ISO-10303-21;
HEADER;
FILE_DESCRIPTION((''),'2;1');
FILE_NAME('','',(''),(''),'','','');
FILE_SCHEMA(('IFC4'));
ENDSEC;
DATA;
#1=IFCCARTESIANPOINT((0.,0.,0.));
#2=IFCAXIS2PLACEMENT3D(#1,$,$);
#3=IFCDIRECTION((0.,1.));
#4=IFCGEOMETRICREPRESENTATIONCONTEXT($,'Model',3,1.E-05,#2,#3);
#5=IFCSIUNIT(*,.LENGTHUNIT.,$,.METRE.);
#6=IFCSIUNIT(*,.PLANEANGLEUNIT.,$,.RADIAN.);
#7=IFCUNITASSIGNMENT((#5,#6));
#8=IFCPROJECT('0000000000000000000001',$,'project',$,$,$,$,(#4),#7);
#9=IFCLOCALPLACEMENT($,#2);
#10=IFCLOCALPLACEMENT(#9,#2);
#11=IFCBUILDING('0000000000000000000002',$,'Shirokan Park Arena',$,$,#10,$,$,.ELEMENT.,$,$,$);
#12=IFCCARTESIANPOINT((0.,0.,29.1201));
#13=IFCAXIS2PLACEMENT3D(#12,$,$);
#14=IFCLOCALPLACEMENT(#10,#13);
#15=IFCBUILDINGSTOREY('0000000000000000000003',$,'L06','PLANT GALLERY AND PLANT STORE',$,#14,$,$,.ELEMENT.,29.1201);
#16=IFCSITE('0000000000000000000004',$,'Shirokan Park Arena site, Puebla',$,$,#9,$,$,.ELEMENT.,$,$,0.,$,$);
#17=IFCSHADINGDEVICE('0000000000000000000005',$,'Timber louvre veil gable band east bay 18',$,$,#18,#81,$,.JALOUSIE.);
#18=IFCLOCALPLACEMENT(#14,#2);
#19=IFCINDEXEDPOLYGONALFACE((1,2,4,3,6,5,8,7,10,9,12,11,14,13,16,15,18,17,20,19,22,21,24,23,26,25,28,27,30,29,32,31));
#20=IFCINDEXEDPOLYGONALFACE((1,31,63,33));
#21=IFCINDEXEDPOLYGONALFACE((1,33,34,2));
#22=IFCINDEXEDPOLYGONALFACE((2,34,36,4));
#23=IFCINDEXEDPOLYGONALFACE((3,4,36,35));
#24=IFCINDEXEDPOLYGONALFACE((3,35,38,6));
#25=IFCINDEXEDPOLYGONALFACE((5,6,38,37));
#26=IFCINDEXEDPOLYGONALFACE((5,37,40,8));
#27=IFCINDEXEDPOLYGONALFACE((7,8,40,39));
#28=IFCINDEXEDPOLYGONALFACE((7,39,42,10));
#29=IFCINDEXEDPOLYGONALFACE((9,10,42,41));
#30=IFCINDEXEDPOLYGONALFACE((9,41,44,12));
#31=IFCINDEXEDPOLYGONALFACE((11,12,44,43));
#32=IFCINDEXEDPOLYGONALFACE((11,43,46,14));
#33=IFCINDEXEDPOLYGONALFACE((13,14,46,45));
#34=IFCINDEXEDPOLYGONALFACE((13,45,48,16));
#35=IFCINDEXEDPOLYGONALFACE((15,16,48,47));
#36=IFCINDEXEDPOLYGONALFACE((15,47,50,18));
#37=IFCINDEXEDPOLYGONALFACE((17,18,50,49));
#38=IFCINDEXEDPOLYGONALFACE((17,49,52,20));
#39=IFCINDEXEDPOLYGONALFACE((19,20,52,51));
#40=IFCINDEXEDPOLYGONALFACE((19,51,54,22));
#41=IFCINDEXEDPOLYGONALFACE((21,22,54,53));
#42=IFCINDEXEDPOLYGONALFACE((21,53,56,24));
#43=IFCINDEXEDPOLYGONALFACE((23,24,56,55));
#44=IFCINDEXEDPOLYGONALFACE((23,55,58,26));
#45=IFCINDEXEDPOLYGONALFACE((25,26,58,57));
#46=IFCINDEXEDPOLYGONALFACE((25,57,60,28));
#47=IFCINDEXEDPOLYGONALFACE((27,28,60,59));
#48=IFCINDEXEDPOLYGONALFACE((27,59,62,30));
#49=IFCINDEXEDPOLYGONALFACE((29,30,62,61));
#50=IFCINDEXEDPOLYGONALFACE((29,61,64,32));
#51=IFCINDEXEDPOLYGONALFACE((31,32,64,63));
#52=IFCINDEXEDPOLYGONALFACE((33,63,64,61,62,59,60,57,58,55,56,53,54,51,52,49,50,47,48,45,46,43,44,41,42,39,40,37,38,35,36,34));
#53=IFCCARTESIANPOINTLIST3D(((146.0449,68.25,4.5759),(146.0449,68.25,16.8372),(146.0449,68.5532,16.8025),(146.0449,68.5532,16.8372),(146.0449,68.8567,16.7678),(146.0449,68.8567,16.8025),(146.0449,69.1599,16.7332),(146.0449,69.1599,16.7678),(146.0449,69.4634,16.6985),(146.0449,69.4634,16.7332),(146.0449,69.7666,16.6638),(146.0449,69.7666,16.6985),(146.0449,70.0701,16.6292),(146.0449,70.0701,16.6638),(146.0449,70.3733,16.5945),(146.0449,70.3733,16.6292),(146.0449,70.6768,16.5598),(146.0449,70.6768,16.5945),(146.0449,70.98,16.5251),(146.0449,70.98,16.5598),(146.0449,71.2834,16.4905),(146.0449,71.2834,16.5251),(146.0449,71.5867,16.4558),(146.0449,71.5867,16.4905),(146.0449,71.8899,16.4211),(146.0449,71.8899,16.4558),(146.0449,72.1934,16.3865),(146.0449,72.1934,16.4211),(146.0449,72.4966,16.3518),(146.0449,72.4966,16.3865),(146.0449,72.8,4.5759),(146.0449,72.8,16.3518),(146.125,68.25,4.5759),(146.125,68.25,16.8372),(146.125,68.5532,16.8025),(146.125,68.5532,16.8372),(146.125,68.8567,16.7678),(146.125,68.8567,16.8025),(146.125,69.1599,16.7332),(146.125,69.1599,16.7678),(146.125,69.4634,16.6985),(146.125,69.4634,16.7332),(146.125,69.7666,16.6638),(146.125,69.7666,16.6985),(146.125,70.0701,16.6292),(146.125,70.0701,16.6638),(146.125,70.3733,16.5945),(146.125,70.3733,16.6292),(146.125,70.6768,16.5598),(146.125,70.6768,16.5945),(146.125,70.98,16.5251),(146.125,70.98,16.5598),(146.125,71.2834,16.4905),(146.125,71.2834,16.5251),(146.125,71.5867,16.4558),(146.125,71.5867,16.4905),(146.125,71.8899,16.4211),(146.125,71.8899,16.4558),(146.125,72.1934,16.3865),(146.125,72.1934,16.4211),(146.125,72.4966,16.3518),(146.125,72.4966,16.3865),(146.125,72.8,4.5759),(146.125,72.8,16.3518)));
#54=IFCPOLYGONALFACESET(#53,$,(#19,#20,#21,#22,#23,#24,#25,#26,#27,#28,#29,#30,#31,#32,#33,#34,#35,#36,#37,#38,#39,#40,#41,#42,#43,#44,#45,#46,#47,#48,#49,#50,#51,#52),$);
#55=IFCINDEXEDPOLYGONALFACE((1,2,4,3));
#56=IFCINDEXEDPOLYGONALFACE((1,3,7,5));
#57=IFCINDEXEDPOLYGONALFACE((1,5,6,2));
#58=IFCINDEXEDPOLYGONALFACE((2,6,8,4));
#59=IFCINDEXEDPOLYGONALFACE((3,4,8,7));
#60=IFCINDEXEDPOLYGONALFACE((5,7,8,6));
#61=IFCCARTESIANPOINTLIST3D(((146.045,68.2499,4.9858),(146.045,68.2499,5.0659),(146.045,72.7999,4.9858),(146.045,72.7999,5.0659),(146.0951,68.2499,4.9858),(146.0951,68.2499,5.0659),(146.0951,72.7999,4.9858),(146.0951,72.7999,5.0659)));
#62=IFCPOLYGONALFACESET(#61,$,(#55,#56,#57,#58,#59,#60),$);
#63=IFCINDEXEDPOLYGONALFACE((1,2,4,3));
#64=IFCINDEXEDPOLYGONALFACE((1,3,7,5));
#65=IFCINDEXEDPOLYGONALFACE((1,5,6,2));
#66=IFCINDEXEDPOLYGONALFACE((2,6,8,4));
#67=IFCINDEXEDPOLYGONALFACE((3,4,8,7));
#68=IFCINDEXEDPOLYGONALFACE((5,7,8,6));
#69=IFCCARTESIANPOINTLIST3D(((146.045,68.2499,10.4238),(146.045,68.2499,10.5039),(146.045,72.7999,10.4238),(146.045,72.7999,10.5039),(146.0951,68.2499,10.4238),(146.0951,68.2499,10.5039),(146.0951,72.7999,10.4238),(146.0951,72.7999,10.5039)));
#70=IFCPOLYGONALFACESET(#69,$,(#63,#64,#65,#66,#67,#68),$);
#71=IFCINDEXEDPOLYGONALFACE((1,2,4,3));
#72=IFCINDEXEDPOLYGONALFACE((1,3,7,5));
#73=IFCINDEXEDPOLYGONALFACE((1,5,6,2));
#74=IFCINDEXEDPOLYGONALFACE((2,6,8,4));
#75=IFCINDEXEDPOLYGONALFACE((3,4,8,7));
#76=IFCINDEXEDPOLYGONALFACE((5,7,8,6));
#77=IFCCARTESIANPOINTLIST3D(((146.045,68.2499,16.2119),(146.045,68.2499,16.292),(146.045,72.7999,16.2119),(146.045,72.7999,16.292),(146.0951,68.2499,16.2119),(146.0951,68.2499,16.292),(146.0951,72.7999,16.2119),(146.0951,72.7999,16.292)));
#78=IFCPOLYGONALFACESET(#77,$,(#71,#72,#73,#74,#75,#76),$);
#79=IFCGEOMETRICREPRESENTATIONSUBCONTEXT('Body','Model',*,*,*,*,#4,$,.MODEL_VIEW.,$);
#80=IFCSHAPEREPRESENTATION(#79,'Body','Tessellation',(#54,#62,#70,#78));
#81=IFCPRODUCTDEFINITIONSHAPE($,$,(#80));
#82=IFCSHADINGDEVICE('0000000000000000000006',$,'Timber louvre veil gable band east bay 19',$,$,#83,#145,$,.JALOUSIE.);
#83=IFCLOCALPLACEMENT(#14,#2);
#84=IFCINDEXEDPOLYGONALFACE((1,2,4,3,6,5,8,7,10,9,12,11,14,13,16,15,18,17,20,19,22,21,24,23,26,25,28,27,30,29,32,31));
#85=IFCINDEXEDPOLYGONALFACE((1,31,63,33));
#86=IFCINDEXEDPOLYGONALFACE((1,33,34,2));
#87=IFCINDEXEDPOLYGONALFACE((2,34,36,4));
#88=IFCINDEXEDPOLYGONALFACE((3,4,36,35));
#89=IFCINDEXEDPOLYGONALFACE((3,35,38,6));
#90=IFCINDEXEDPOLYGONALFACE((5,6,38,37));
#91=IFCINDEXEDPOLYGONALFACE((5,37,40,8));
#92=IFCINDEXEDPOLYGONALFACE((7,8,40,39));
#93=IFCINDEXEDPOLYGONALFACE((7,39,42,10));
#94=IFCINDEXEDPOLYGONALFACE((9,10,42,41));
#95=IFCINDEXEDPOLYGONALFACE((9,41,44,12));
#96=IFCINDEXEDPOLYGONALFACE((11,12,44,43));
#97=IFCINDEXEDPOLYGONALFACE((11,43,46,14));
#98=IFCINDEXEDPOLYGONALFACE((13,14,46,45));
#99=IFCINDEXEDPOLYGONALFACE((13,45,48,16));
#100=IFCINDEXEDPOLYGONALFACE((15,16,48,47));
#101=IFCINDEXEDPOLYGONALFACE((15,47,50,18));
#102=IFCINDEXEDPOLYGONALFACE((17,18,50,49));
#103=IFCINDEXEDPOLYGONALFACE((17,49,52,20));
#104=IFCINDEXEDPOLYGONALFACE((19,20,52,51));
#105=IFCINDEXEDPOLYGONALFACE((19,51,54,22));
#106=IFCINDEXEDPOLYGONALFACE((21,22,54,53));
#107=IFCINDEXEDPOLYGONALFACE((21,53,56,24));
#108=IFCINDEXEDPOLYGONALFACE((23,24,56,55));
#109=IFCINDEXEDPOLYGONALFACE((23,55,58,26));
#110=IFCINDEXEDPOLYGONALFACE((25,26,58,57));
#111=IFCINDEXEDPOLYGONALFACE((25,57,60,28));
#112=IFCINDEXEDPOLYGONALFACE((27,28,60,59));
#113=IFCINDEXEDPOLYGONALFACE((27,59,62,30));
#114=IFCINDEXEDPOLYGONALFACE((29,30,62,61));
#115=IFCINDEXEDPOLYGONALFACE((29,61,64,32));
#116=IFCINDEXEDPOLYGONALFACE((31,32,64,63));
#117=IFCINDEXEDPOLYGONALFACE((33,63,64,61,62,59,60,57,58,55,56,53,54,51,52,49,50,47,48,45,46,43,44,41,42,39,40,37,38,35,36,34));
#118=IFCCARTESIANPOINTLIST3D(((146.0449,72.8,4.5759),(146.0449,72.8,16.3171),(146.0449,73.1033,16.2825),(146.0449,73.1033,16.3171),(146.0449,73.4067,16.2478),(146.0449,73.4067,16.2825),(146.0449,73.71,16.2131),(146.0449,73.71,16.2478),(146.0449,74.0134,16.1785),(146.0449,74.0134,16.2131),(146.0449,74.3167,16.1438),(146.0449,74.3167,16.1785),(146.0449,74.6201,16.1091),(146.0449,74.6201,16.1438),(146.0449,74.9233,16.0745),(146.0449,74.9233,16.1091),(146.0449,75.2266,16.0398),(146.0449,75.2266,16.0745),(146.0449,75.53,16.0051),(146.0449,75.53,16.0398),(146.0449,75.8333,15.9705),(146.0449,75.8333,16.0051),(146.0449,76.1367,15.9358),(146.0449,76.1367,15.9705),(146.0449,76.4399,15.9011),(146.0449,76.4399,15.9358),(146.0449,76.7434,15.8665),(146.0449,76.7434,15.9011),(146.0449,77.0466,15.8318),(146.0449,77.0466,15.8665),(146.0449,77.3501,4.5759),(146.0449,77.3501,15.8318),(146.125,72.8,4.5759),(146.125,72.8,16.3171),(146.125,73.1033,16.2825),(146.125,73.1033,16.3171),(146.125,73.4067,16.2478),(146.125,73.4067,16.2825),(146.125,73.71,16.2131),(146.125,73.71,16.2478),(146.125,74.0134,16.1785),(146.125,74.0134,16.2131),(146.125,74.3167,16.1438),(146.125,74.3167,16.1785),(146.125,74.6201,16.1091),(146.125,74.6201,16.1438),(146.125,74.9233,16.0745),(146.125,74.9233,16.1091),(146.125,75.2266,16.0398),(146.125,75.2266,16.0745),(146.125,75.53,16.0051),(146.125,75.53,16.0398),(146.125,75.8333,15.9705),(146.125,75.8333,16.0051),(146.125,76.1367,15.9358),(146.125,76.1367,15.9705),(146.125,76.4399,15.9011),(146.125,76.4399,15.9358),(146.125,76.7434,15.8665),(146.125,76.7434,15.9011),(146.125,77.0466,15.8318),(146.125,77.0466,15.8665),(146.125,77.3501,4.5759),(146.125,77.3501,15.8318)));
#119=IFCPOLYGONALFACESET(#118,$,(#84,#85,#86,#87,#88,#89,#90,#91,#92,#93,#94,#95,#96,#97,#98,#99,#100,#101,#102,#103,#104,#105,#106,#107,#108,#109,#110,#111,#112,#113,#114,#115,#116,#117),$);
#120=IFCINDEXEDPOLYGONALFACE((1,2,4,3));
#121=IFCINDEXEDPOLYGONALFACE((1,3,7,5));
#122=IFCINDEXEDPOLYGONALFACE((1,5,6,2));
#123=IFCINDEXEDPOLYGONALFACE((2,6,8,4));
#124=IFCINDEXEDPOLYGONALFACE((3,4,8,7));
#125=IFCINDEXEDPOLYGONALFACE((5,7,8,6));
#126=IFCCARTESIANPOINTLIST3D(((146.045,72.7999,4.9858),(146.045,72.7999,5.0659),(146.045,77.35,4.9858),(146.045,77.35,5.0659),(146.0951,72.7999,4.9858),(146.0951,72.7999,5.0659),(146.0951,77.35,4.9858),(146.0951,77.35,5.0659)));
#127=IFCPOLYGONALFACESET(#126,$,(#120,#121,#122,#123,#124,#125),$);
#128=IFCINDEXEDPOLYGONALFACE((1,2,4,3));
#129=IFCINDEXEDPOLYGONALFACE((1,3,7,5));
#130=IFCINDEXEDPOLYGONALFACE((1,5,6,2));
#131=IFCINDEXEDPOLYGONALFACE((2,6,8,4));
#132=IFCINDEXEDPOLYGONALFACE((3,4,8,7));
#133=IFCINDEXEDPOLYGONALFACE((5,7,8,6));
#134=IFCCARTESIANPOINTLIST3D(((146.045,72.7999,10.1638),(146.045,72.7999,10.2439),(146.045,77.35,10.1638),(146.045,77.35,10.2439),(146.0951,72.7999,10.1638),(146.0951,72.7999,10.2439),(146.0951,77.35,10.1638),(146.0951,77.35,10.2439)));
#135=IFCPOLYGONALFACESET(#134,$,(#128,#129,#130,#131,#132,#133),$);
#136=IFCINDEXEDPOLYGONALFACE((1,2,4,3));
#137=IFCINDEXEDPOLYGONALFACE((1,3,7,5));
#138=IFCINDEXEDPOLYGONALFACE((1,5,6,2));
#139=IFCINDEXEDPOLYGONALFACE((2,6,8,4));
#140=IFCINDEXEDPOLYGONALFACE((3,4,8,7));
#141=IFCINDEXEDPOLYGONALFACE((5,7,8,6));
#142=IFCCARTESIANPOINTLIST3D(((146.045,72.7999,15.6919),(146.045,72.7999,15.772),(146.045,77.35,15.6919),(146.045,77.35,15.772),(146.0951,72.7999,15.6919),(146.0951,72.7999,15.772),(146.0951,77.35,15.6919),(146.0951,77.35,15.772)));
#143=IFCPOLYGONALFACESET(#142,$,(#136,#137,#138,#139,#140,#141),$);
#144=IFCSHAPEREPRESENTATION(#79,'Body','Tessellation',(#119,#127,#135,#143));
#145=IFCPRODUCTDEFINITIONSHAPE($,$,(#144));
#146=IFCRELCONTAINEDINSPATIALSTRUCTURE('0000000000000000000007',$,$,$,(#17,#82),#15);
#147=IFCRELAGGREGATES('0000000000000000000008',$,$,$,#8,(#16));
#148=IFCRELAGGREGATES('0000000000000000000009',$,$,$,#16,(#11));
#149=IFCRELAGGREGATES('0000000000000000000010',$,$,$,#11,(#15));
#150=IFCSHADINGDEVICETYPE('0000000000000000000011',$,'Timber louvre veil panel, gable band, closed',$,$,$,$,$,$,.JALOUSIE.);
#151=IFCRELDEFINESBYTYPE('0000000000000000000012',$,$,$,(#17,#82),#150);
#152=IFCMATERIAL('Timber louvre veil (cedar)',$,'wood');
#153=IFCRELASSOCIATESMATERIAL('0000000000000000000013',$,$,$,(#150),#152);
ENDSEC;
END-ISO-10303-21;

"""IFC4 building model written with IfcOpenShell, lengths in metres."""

from ifc_helpers import new_model, si_unit, direction, frame, origin, origin_2d, place, context, subcontext, project, spatial, polyline, rectangle, outline, extrude, material, type_object, element, save


model = new_model("IFC4")

# Units and contexts
model_context = context("Model", 3, precision=1e-05, world=origin(), true_north=direction((0.0, 1.0)))
body_context = subcontext(model_context, "Body", "Model", "MODEL_VIEW")
ifc_project = project(units=[si_unit("LENGTHUNIT", "METRE"), si_unit("PLANEANGLEUNIT", "RADIAN")], contexts=[model_context])

# Site, building, storey
site_placement = place(None, origin())
site = spatial("IfcSite", under=ifc_project, at=site_placement, Name="Shirokan Park Arena site, Puebla", CompositionType="ELEMENT", RefElevation=0.0)
building_placement = place(site_placement, origin())
building = spatial("IfcBuilding", under=site, at=building_placement, Name="Shirokan Park Arena", CompositionType="ELEMENT")
storey_placement = place(building_placement, frame((0.0, 0.0, 29.1201)))
storey = spatial("IfcBuildingStorey", under=building, at=storey_placement, Name="L06", Description="PLANT GALLERY AND PLANT STORE", CompositionType="ELEMENT", Elevation=29.1201)

# Shading devices
ifc_material_1 = material(Name="Timber louvre veil (cedar)", Category="wood")
shading_device_type = type_object("IfcShadingDeviceType", Name="Timber louvre veil panel, gable band, closed", PredefinedType="JALOUSIE", material=ifc_material_1)
shading_device_1_placement = place(storey_placement, origin())
element("IfcShadingDevice", 1, at=shading_device_1_placement, inside=storey, type_object=shading_device_type, Name="Timber louvre veil gable band east bay 18", PredefinedType="JALOUSIE", context=body_context, shape_type="SweptSolid", body=[
    extrude(outline(polyline([(72.8, 4.5759), (72.8, 16.3518), (72.4966, 16.3518), (72.4966, 16.3865), (72.1934, 16.3865), (72.1934, 16.4211), (71.8899, 16.4211), (71.8899, 16.4558), (71.5867, 16.4558), (71.5867, 16.4905), (71.2834, 16.4905), (71.2834, 16.5251), (70.98, 16.5251), (70.98, 16.5598), (70.6768, 16.5598), (70.6768, 16.5945), (70.3733, 16.5945), (70.3733, 16.6292), (70.0701, 16.6292), (70.0701, 16.6638), (69.7666, 16.6638), (69.7666, 16.6985), (69.4634, 16.6985), (69.4634, 16.7332), (69.1599, 16.7332), (69.1599, 16.7678), (68.8567, 16.7678), (68.8567, 16.8025), (68.5532, 16.8025), (68.5532, 16.8372), (68.25, 16.8372), (68.25, 4.5759), (72.8, 4.5759)])), frame((146.0449, 0.0, 0.0), z_axis=(1.0, 0.0, 0.0), x_axis=(0.0, 1.0, 0.0)), (0.0, 0.0, 1.0), 0.0801),
    extrude(rectangle(XDim=0.05, YDim=4.55, at=origin_2d()), frame((146.0701, 70.5249, 4.9858), z_axis=(0.0, 0.0, 1.0), x_axis=(1.0, 0.0, 0.0)), (0.0, 0.0, 1.0), 0.0801),
    extrude(rectangle(XDim=0.05, YDim=4.55, at=origin_2d()), frame((146.0701, 70.5249, 10.4238), z_axis=(0.0, 0.0, 1.0), x_axis=(1.0, 0.0, 0.0)), (0.0, 0.0, 1.0), 0.0801),
    extrude(rectangle(XDim=0.05, YDim=4.55, at=origin_2d()), frame((146.0701, 70.5249, 16.2119), z_axis=(0.0, 0.0, 1.0), x_axis=(1.0, 0.0, 0.0)), (0.0, 0.0, 1.0), 0.0801),
])
shading_device_2_placement = place(storey_placement, origin())
element("IfcShadingDevice", 2, at=shading_device_2_placement, inside=storey, type_object=shading_device_type, Name="Timber louvre veil gable band east bay 19", PredefinedType="JALOUSIE", context=body_context, shape_type="SweptSolid", body=[
    extrude(outline(polyline([(77.3501, 4.5759), (77.3501, 15.8318), (77.0466, 15.8318), (77.0466, 15.8665), (76.7434, 15.8665), (76.7434, 15.9011), (76.4399, 15.9011), (76.4399, 15.9358), (76.1367, 15.9358), (76.1367, 15.9705), (75.8333, 15.9705), (75.8333, 16.0051), (75.53, 16.0051), (75.53, 16.0398), (75.2266, 16.0398), (75.2266, 16.0745), (74.9233, 16.0745), (74.9233, 16.1091), (74.6201, 16.1091), (74.6201, 16.1438), (74.3167, 16.1438), (74.3167, 16.1785), (74.0134, 16.1785), (74.0134, 16.2131), (73.71, 16.2131), (73.71, 16.2478), (73.4067, 16.2478), (73.4067, 16.2825), (73.1033, 16.2825), (73.1033, 16.3171), (72.8, 16.3171), (72.8, 4.5759), (77.3501, 4.5759)])), frame((146.0449, 0.0, 0.0), z_axis=(1.0, 0.0, 0.0), x_axis=(0.0, 1.0, 0.0)), (0.0, 0.0, 1.0), 0.0801),
    extrude(rectangle(XDim=0.05, YDim=4.55, at=origin_2d()), frame((146.0701, 75.075, 4.9858), z_axis=(0.0, 0.0, 1.0), x_axis=(1.0, 0.0, 0.0)), (0.0, 0.0, 1.0), 0.0801),
    extrude(rectangle(XDim=0.05, YDim=4.55, at=origin_2d()), frame((146.0701, 75.075, 10.1638), z_axis=(0.0, 0.0, 1.0), x_axis=(1.0, 0.0, 0.0)), (0.0, 0.0, 1.0), 0.0801),
    extrude(rectangle(XDim=0.05, YDim=4.55, at=origin_2d()), frame((146.0701, 75.075, 15.6919), z_axis=(0.0, 0.0, 1.0), x_axis=(1.0, 0.0, 0.0)), (0.0, 0.0, 1.0), 0.0801),
])

save(model, "model.ifc")
